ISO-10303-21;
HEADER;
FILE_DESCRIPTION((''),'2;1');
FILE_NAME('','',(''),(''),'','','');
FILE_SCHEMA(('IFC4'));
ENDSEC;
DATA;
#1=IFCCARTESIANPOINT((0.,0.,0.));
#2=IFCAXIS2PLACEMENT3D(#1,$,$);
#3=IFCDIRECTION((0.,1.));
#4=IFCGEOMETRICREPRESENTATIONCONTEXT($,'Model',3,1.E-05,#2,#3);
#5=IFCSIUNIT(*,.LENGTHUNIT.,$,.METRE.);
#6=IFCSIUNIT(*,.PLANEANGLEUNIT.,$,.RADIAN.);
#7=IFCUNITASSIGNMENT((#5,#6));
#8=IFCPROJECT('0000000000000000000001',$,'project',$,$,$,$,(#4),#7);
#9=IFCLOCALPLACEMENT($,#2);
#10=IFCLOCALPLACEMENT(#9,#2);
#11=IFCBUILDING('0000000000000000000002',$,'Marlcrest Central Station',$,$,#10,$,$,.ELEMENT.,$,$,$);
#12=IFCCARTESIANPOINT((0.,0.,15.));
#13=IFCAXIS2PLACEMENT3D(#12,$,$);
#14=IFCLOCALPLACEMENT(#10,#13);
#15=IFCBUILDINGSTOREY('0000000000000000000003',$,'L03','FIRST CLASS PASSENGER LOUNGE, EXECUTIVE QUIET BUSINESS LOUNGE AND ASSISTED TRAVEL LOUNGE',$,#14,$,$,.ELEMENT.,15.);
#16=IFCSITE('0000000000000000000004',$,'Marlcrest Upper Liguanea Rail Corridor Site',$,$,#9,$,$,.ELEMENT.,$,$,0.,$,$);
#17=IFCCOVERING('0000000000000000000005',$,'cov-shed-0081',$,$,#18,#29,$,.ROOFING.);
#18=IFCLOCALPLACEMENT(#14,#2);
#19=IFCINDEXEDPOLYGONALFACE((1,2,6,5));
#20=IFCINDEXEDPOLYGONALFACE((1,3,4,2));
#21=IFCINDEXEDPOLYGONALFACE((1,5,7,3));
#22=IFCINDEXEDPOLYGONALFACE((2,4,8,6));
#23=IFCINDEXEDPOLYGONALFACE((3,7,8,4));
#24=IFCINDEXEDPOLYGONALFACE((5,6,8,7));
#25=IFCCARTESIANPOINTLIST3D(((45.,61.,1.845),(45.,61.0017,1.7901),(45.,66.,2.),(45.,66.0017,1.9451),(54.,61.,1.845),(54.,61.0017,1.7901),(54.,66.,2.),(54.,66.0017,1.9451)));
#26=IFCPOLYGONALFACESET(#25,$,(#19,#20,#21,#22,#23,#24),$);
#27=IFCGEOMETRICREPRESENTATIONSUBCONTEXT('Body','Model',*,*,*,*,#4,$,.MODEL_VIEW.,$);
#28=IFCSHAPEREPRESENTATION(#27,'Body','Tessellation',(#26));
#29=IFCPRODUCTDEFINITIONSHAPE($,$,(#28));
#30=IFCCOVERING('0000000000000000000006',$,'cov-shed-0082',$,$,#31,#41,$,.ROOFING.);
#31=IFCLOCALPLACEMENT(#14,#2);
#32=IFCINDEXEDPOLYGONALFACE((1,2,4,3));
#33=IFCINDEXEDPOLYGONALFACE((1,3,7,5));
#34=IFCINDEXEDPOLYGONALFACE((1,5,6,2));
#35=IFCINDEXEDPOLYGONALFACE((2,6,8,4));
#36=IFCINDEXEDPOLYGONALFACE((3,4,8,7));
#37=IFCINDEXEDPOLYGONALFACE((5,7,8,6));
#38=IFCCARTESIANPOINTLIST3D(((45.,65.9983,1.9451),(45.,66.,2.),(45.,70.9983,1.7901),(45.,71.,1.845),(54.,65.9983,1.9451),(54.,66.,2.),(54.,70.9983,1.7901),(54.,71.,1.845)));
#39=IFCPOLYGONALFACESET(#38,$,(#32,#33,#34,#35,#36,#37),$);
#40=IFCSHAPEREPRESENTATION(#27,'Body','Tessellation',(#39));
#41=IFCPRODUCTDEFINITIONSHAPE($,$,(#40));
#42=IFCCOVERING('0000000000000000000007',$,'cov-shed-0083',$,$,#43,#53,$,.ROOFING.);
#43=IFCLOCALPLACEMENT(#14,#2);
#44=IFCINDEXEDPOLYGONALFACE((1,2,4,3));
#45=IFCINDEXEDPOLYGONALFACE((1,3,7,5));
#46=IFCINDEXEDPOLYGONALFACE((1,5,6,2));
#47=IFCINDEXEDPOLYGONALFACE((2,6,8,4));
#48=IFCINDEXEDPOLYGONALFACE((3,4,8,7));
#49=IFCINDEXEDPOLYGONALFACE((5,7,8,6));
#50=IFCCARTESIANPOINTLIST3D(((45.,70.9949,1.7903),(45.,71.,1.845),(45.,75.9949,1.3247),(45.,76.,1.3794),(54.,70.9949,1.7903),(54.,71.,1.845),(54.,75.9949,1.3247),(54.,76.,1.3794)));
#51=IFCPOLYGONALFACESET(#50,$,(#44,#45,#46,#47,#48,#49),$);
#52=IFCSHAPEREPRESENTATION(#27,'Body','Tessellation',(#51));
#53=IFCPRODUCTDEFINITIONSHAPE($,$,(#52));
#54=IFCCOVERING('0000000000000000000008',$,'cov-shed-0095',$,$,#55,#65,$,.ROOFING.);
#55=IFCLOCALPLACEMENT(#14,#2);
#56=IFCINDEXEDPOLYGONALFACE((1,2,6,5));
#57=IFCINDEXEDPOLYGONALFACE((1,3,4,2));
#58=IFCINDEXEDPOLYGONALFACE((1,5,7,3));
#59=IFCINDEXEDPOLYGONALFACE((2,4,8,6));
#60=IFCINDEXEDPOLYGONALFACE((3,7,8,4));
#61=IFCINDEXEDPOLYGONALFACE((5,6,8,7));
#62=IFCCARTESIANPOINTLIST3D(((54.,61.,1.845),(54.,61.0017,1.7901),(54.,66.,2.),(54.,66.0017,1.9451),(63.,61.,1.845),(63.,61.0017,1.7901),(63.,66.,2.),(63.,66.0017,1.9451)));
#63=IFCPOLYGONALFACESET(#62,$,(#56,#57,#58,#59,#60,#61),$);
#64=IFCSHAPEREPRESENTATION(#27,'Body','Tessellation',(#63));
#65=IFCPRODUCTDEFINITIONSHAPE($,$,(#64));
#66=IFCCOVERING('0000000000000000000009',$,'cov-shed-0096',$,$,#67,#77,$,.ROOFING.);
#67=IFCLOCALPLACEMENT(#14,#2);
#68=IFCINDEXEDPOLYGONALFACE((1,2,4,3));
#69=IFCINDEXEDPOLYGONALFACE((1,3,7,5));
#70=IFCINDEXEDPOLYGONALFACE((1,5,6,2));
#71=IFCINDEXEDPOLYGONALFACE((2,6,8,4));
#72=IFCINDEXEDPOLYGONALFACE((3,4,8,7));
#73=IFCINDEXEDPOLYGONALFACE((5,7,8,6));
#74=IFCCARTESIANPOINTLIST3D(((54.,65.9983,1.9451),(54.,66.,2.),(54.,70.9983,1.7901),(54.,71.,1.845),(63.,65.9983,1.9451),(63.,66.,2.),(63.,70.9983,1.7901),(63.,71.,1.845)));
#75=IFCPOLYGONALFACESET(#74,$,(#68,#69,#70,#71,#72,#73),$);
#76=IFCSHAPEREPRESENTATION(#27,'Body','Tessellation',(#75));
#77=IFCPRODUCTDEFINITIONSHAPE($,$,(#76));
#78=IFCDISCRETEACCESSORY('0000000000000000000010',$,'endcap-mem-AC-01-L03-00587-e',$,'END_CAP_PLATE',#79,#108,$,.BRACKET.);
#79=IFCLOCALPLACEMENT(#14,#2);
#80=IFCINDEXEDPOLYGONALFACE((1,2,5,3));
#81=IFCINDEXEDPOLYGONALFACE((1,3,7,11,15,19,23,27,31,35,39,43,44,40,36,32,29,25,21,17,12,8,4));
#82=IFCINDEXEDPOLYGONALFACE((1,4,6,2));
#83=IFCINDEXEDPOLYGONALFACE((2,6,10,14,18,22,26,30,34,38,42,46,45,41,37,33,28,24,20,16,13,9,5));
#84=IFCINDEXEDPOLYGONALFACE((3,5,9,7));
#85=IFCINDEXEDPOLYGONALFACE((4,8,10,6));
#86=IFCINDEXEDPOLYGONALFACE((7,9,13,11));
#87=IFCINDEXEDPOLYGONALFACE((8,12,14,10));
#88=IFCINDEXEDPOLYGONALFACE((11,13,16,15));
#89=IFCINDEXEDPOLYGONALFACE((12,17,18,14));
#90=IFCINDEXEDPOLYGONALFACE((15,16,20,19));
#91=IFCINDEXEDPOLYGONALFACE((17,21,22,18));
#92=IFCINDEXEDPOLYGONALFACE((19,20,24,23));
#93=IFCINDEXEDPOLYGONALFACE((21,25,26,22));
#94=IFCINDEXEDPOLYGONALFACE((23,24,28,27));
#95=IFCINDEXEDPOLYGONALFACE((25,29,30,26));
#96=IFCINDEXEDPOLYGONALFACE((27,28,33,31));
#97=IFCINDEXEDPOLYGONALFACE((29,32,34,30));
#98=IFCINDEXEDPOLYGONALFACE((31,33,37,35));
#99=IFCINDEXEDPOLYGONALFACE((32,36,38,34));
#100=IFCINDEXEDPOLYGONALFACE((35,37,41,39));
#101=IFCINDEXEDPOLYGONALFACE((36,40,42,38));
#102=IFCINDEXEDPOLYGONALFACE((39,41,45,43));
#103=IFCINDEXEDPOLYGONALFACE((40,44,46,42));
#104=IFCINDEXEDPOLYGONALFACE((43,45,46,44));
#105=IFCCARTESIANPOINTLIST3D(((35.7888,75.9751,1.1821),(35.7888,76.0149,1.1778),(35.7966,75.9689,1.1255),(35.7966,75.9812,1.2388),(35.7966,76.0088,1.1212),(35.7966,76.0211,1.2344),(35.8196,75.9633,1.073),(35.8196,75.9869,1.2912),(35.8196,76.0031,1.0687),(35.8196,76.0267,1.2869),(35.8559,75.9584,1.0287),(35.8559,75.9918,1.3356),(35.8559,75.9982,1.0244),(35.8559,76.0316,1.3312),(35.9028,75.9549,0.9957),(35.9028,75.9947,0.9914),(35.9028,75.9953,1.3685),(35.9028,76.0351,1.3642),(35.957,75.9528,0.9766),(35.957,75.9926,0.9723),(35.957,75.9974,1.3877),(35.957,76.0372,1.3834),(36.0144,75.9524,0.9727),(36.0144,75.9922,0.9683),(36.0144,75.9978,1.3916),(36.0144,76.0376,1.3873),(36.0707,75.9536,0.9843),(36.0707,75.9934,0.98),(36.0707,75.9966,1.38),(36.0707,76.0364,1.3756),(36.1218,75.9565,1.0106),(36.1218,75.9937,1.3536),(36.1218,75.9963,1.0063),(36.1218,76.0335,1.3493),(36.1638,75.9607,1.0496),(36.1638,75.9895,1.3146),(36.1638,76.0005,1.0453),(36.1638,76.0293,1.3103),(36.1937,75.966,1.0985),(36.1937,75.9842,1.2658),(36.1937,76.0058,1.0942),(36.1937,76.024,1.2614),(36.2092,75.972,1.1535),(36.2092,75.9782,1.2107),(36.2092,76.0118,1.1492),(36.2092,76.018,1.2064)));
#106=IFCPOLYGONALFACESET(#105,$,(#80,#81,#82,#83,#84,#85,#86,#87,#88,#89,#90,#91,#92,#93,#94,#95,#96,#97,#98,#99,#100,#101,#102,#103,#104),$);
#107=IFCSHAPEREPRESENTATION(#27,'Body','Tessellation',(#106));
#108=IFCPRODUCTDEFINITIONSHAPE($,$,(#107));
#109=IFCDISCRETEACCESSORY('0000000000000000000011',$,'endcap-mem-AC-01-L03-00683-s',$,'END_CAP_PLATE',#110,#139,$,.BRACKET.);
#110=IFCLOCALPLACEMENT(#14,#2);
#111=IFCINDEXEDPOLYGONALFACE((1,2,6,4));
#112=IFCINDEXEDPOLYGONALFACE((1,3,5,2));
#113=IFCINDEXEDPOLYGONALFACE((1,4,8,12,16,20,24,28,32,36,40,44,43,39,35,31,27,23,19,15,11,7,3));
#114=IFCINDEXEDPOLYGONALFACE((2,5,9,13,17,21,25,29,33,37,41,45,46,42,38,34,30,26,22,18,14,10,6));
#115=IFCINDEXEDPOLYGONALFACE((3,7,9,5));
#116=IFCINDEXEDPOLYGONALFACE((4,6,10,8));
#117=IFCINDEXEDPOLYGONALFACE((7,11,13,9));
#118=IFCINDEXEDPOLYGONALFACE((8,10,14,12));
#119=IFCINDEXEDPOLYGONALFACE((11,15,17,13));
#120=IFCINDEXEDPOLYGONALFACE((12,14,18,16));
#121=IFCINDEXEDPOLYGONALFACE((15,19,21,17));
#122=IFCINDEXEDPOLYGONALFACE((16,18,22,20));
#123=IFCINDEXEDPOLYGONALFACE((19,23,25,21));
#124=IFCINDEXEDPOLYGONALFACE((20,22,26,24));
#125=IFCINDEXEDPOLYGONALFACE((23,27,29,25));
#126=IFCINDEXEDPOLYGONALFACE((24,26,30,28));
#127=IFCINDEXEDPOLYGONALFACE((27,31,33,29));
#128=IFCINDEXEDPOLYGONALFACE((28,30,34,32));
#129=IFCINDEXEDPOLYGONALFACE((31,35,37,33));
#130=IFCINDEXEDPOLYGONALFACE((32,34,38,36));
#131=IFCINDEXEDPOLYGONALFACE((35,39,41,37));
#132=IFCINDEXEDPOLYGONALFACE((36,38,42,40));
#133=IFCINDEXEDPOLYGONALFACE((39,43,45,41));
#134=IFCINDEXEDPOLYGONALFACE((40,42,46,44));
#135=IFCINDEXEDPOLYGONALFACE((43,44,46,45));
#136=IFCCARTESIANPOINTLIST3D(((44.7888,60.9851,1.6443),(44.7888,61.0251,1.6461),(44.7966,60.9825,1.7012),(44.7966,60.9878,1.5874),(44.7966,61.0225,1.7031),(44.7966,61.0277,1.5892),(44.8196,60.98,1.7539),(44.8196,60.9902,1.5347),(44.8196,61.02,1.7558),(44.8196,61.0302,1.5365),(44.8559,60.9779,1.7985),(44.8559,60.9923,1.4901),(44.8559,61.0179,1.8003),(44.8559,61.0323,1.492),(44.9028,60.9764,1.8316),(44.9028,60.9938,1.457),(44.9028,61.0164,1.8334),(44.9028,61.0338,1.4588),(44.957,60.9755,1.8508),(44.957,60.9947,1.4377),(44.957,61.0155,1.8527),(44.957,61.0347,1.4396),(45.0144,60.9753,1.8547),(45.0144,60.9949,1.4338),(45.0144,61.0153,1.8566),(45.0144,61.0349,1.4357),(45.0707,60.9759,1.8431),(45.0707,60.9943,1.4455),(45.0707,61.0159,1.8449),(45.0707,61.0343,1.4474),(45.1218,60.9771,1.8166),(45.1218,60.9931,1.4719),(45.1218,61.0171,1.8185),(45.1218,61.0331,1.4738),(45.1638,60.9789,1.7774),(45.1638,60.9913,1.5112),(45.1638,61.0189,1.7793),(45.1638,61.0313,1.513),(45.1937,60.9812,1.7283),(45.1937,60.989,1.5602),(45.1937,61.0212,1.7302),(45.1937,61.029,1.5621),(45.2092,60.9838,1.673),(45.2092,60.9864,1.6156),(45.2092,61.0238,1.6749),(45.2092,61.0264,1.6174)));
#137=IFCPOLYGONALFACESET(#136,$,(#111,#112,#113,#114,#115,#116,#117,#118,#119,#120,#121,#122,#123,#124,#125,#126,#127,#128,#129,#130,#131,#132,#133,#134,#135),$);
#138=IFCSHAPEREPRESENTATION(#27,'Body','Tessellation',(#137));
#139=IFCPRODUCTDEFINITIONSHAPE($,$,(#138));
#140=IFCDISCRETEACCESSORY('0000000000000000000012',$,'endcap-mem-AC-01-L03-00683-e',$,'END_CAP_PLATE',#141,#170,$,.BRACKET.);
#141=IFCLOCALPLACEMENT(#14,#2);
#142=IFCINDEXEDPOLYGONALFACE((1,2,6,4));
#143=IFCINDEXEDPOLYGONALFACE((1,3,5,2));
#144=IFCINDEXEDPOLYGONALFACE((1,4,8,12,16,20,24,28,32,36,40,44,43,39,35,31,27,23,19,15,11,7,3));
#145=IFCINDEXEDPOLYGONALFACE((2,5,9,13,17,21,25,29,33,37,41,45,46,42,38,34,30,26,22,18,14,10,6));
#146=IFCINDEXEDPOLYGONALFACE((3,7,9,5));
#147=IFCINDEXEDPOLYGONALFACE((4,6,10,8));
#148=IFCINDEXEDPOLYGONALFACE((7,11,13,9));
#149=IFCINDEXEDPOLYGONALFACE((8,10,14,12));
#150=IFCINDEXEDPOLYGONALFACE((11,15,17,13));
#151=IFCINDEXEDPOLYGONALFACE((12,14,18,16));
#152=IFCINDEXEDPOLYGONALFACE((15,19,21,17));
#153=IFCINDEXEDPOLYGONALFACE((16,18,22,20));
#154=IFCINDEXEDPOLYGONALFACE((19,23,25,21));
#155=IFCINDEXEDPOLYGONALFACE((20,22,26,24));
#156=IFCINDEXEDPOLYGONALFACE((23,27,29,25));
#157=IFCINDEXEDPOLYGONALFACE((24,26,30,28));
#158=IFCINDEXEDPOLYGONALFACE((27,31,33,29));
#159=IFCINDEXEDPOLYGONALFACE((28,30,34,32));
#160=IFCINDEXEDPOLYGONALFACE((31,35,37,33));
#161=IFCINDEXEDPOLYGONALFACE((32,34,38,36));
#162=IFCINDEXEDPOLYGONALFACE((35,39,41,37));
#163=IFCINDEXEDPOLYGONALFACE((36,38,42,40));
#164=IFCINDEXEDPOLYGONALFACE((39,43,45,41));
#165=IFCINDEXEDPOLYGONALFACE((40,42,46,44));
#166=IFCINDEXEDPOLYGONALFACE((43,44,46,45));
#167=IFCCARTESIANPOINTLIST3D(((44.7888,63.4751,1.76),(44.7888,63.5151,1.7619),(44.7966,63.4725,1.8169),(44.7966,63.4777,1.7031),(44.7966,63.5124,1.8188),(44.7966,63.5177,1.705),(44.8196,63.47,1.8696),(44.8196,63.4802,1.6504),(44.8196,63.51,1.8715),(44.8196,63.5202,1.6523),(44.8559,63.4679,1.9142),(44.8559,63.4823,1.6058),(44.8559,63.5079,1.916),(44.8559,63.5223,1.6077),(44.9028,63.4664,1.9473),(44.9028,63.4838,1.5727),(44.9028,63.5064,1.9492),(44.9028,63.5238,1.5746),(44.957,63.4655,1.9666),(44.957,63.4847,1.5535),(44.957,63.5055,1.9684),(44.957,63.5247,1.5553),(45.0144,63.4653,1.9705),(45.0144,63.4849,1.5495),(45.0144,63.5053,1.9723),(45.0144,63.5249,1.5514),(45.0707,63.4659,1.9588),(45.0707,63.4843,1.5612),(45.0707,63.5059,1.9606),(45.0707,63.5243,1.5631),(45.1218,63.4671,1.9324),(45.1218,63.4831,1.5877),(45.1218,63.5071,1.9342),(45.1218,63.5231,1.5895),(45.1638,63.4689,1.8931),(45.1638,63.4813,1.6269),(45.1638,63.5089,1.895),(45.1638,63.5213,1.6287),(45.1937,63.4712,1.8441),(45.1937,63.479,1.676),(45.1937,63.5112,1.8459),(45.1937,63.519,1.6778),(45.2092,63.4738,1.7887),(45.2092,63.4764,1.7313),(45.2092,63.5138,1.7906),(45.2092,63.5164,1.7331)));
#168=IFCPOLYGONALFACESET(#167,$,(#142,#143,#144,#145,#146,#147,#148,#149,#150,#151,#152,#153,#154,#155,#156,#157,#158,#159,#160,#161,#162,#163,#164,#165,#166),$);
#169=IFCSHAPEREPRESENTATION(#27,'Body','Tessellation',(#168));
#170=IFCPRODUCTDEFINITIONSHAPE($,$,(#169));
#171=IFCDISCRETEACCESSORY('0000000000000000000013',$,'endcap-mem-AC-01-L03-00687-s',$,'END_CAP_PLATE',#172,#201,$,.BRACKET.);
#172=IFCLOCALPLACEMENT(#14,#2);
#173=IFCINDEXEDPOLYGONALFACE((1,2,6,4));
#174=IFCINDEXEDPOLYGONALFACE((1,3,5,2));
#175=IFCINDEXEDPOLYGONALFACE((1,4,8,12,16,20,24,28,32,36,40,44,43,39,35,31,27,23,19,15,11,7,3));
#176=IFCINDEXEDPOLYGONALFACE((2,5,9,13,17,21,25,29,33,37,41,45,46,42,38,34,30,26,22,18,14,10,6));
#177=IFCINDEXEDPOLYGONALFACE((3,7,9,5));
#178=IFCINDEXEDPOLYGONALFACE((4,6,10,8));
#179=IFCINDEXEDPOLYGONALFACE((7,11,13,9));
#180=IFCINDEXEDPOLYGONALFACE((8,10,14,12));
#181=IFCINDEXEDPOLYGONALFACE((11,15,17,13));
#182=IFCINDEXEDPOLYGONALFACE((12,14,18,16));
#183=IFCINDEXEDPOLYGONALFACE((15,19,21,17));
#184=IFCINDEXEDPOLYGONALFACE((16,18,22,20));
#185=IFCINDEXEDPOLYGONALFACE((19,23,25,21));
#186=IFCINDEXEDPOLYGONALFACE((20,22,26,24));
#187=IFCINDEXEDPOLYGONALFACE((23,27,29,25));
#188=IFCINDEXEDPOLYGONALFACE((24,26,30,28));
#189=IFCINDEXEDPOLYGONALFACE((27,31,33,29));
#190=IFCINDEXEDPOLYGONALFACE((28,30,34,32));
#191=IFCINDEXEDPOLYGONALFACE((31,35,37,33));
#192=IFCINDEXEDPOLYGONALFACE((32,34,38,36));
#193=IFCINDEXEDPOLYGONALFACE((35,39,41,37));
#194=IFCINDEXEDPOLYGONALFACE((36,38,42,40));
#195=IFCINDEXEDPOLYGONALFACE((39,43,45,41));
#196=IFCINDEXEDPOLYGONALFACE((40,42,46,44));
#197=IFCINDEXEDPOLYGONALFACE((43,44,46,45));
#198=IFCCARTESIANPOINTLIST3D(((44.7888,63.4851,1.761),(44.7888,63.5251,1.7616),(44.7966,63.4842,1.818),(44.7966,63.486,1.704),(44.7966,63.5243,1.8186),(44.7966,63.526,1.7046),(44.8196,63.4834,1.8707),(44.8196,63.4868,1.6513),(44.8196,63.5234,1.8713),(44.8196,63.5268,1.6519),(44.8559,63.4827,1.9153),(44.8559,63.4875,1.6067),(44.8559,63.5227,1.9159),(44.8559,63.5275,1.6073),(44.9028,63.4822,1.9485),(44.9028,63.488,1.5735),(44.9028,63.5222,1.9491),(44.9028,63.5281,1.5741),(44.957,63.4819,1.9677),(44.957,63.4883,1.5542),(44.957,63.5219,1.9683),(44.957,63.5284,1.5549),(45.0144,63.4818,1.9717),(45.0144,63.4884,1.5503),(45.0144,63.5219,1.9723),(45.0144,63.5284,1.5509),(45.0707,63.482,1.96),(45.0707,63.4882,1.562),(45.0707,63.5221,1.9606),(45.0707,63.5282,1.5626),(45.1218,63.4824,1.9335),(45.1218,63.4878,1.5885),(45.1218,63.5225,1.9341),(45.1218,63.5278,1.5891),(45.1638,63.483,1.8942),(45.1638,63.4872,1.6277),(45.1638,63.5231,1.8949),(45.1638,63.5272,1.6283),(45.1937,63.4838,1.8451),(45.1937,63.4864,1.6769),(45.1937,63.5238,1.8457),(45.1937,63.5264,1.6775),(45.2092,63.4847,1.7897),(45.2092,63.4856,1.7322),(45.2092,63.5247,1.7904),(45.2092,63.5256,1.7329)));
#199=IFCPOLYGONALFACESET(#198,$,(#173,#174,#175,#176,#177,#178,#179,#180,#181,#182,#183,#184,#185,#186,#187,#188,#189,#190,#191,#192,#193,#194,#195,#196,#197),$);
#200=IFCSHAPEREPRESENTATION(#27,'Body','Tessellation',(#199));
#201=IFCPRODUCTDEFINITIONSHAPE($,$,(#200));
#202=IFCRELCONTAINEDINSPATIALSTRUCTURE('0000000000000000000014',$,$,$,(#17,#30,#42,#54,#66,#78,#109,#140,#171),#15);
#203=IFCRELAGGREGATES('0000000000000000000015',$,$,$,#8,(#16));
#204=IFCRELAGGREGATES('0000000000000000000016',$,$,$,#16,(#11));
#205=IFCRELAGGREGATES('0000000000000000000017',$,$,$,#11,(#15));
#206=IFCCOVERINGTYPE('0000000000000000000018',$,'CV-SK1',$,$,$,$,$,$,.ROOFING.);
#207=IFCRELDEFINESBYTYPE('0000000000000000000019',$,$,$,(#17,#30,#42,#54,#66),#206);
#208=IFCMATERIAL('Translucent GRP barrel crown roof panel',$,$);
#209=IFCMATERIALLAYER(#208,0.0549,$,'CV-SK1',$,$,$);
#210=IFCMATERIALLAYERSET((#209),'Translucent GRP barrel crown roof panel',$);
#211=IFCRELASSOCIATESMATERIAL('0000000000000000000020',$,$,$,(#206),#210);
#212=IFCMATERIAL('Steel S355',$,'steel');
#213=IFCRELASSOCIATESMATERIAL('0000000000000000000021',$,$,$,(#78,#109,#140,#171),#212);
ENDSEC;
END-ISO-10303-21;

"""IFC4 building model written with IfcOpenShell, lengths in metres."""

from ifc_helpers import new_model, si_unit, direction, frame, origin, origin_2d, place, context, subcontext, project, spatial, polyline, circle, outline, extrude, material, layer, layer_set, type_object, element, save


model = new_model("IFC4")

# Units and contexts
model_context = context("Model", 3, precision=1e-05, world=origin(), true_north=direction((0.0, 1.0)))
body_context = subcontext(model_context, "Body", "Model", "MODEL_VIEW")
ifc_project = project(units=[si_unit("LENGTHUNIT", "METRE"), si_unit("PLANEANGLEUNIT", "RADIAN")], contexts=[model_context])

# Site, building, storey
site_placement = place(None, origin())
site = spatial("IfcSite", under=ifc_project, at=site_placement, Name="Marlcrest Upper Liguanea Rail Corridor Site", CompositionType="ELEMENT", RefElevation=0.0)
building_placement = place(site_placement, origin())
building = spatial("IfcBuilding", under=site, at=building_placement, Name="Marlcrest Central Station", CompositionType="ELEMENT")
storey_placement = place(building_placement, frame((0.0, 0.0, 15.0)))
storey = spatial("IfcBuildingStorey", under=building, at=storey_placement, Name="L03", Description="FIRST CLASS PASSENGER LOUNGE, EXECUTIVE QUIET BUSINESS LOUNGE AND ASSISTED TRAVEL LOUNGE", CompositionType="ELEMENT", Elevation=15.0)

# Shared definitions
ifc_material_1 = material(Name="Steel S355", Category="steel")

# Coverings
ifc_material_2 = material(Name="Translucent GRP barrel crown roof panel")
ifc_layer = layer(ifc_material_2, 0.0549, Name="CV-SK1")
ifc_layer_set = layer_set([ifc_layer], Name="Translucent GRP barrel crown roof panel")
covering_type = type_object("IfcCoveringType", Name="CV-SK1", PredefinedType="ROOFING", material=ifc_layer_set)
for number, where, z_axis, x_axis, name in (
    (1, (45.0, 61.0, 1.845), (0.0, -0.030991, 0.99952), (1.0, 0.0, 0.0), "cov-shed-0081"),
    (2, (45.0, 66.0, 2.0), (0.0, 0.030991, 0.99952), (1.0, 0.0, 0.0), "cov-shed-0082"),
):
    element("IfcCovering", number, at=place(storey_placement, frame(where, z_axis=z_axis, x_axis=x_axis)), inside=storey, type_object=covering_type, Name=name, PredefinedType="ROOFING", context=body_context, shape_type="SweptSolid", body=[
        extrude(outline(polyline([(0.0, 0.0), (9.0, 0.0), (9.0, 5.0024), (0.0, 5.0024), (0.0, 0.0)])), origin(), (0.0, 0.0, -1.0), 0.0549),
    ])
covering_placement = place(storey_placement, frame((45.0, 71.0, 1.845), z_axis=(0.0, 0.092714, 0.995693), x_axis=(1.0, 0.0, 0.0)))
element("IfcCovering", 3, at=covering_placement, inside=storey, type_object=covering_type, Name="cov-shed-0083", PredefinedType="ROOFING", context=body_context, shape_type="SweptSolid", body=[
    extrude(outline(polyline([(0.0, 0.0), (9.0, 0.0), (9.0, 5.0216), (0.0, 5.0216), (0.0, 0.0)])), origin(), (0.0, 0.0, -1.0), 0.0549),
])
for number, where, z_axis, x_axis, name in (
    (4, (54.0, 61.0, 1.845), (0.0, -0.030991, 0.99952), (1.0, 0.0, 0.0), "cov-shed-0095"),
    (5, (54.0, 66.0, 2.0), (0.0, 0.030991, 0.99952), (1.0, 0.0, 0.0), "cov-shed-0096"),
):
    element("IfcCovering", number, at=place(storey_placement, frame(where, z_axis=z_axis, x_axis=x_axis)), inside=storey, type_object=covering_type, Name=name, PredefinedType="ROOFING", context=body_context, shape_type="SweptSolid", body=[
        extrude(outline(polyline([(0.0, 0.0), (9.0, 0.0), (9.0, 5.0024), (0.0, 5.0024), (0.0, 0.0)])), origin(), (0.0, 0.0, -1.0), 0.0549),
    ])

# Discrete accessories
for number, where, z_axis, x_axis, name in (
    (6, (36.0, 75.9751, 1.1821), (0.0, 0.994155, -0.107959), (-1.0, 0.0, 0.0), "endcap-mem-AC-01-L03-00587-e"),
    (7, (45.0, 60.9851, 1.6443), (0.0, 0.998921, 0.046434), (-1.0, 0.0, 0.0), "endcap-mem-AC-01-L03-00683-s"),
    (8, (45.0, 63.4751, 1.76), (0.0, 0.998921, 0.046434), (-1.0, 0.0, 0.0), "endcap-mem-AC-01-L03-00683-e"),
    (9, (45.0, 63.4851, 1.761), (0.0, 0.999879, 0.015525), (-1.0, 0.0, 0.0), "endcap-mem-AC-01-L03-00687-s"),
):
    element("IfcDiscreteAccessory", number, at=place(storey_placement, frame(where, z_axis=z_axis, x_axis=x_axis)), inside=storey, material=ifc_material_1, Name=name, ObjectType="END_CAP_PLATE", PredefinedType="BRACKET", context=body_context, shape_type="SweptSolid", body=[
        extrude(circle(Radius=0.2112, at=origin_2d()), origin(), (0.0, 0.0, 1.0), 0.04),
    ])

save(model, "model.ifc")
